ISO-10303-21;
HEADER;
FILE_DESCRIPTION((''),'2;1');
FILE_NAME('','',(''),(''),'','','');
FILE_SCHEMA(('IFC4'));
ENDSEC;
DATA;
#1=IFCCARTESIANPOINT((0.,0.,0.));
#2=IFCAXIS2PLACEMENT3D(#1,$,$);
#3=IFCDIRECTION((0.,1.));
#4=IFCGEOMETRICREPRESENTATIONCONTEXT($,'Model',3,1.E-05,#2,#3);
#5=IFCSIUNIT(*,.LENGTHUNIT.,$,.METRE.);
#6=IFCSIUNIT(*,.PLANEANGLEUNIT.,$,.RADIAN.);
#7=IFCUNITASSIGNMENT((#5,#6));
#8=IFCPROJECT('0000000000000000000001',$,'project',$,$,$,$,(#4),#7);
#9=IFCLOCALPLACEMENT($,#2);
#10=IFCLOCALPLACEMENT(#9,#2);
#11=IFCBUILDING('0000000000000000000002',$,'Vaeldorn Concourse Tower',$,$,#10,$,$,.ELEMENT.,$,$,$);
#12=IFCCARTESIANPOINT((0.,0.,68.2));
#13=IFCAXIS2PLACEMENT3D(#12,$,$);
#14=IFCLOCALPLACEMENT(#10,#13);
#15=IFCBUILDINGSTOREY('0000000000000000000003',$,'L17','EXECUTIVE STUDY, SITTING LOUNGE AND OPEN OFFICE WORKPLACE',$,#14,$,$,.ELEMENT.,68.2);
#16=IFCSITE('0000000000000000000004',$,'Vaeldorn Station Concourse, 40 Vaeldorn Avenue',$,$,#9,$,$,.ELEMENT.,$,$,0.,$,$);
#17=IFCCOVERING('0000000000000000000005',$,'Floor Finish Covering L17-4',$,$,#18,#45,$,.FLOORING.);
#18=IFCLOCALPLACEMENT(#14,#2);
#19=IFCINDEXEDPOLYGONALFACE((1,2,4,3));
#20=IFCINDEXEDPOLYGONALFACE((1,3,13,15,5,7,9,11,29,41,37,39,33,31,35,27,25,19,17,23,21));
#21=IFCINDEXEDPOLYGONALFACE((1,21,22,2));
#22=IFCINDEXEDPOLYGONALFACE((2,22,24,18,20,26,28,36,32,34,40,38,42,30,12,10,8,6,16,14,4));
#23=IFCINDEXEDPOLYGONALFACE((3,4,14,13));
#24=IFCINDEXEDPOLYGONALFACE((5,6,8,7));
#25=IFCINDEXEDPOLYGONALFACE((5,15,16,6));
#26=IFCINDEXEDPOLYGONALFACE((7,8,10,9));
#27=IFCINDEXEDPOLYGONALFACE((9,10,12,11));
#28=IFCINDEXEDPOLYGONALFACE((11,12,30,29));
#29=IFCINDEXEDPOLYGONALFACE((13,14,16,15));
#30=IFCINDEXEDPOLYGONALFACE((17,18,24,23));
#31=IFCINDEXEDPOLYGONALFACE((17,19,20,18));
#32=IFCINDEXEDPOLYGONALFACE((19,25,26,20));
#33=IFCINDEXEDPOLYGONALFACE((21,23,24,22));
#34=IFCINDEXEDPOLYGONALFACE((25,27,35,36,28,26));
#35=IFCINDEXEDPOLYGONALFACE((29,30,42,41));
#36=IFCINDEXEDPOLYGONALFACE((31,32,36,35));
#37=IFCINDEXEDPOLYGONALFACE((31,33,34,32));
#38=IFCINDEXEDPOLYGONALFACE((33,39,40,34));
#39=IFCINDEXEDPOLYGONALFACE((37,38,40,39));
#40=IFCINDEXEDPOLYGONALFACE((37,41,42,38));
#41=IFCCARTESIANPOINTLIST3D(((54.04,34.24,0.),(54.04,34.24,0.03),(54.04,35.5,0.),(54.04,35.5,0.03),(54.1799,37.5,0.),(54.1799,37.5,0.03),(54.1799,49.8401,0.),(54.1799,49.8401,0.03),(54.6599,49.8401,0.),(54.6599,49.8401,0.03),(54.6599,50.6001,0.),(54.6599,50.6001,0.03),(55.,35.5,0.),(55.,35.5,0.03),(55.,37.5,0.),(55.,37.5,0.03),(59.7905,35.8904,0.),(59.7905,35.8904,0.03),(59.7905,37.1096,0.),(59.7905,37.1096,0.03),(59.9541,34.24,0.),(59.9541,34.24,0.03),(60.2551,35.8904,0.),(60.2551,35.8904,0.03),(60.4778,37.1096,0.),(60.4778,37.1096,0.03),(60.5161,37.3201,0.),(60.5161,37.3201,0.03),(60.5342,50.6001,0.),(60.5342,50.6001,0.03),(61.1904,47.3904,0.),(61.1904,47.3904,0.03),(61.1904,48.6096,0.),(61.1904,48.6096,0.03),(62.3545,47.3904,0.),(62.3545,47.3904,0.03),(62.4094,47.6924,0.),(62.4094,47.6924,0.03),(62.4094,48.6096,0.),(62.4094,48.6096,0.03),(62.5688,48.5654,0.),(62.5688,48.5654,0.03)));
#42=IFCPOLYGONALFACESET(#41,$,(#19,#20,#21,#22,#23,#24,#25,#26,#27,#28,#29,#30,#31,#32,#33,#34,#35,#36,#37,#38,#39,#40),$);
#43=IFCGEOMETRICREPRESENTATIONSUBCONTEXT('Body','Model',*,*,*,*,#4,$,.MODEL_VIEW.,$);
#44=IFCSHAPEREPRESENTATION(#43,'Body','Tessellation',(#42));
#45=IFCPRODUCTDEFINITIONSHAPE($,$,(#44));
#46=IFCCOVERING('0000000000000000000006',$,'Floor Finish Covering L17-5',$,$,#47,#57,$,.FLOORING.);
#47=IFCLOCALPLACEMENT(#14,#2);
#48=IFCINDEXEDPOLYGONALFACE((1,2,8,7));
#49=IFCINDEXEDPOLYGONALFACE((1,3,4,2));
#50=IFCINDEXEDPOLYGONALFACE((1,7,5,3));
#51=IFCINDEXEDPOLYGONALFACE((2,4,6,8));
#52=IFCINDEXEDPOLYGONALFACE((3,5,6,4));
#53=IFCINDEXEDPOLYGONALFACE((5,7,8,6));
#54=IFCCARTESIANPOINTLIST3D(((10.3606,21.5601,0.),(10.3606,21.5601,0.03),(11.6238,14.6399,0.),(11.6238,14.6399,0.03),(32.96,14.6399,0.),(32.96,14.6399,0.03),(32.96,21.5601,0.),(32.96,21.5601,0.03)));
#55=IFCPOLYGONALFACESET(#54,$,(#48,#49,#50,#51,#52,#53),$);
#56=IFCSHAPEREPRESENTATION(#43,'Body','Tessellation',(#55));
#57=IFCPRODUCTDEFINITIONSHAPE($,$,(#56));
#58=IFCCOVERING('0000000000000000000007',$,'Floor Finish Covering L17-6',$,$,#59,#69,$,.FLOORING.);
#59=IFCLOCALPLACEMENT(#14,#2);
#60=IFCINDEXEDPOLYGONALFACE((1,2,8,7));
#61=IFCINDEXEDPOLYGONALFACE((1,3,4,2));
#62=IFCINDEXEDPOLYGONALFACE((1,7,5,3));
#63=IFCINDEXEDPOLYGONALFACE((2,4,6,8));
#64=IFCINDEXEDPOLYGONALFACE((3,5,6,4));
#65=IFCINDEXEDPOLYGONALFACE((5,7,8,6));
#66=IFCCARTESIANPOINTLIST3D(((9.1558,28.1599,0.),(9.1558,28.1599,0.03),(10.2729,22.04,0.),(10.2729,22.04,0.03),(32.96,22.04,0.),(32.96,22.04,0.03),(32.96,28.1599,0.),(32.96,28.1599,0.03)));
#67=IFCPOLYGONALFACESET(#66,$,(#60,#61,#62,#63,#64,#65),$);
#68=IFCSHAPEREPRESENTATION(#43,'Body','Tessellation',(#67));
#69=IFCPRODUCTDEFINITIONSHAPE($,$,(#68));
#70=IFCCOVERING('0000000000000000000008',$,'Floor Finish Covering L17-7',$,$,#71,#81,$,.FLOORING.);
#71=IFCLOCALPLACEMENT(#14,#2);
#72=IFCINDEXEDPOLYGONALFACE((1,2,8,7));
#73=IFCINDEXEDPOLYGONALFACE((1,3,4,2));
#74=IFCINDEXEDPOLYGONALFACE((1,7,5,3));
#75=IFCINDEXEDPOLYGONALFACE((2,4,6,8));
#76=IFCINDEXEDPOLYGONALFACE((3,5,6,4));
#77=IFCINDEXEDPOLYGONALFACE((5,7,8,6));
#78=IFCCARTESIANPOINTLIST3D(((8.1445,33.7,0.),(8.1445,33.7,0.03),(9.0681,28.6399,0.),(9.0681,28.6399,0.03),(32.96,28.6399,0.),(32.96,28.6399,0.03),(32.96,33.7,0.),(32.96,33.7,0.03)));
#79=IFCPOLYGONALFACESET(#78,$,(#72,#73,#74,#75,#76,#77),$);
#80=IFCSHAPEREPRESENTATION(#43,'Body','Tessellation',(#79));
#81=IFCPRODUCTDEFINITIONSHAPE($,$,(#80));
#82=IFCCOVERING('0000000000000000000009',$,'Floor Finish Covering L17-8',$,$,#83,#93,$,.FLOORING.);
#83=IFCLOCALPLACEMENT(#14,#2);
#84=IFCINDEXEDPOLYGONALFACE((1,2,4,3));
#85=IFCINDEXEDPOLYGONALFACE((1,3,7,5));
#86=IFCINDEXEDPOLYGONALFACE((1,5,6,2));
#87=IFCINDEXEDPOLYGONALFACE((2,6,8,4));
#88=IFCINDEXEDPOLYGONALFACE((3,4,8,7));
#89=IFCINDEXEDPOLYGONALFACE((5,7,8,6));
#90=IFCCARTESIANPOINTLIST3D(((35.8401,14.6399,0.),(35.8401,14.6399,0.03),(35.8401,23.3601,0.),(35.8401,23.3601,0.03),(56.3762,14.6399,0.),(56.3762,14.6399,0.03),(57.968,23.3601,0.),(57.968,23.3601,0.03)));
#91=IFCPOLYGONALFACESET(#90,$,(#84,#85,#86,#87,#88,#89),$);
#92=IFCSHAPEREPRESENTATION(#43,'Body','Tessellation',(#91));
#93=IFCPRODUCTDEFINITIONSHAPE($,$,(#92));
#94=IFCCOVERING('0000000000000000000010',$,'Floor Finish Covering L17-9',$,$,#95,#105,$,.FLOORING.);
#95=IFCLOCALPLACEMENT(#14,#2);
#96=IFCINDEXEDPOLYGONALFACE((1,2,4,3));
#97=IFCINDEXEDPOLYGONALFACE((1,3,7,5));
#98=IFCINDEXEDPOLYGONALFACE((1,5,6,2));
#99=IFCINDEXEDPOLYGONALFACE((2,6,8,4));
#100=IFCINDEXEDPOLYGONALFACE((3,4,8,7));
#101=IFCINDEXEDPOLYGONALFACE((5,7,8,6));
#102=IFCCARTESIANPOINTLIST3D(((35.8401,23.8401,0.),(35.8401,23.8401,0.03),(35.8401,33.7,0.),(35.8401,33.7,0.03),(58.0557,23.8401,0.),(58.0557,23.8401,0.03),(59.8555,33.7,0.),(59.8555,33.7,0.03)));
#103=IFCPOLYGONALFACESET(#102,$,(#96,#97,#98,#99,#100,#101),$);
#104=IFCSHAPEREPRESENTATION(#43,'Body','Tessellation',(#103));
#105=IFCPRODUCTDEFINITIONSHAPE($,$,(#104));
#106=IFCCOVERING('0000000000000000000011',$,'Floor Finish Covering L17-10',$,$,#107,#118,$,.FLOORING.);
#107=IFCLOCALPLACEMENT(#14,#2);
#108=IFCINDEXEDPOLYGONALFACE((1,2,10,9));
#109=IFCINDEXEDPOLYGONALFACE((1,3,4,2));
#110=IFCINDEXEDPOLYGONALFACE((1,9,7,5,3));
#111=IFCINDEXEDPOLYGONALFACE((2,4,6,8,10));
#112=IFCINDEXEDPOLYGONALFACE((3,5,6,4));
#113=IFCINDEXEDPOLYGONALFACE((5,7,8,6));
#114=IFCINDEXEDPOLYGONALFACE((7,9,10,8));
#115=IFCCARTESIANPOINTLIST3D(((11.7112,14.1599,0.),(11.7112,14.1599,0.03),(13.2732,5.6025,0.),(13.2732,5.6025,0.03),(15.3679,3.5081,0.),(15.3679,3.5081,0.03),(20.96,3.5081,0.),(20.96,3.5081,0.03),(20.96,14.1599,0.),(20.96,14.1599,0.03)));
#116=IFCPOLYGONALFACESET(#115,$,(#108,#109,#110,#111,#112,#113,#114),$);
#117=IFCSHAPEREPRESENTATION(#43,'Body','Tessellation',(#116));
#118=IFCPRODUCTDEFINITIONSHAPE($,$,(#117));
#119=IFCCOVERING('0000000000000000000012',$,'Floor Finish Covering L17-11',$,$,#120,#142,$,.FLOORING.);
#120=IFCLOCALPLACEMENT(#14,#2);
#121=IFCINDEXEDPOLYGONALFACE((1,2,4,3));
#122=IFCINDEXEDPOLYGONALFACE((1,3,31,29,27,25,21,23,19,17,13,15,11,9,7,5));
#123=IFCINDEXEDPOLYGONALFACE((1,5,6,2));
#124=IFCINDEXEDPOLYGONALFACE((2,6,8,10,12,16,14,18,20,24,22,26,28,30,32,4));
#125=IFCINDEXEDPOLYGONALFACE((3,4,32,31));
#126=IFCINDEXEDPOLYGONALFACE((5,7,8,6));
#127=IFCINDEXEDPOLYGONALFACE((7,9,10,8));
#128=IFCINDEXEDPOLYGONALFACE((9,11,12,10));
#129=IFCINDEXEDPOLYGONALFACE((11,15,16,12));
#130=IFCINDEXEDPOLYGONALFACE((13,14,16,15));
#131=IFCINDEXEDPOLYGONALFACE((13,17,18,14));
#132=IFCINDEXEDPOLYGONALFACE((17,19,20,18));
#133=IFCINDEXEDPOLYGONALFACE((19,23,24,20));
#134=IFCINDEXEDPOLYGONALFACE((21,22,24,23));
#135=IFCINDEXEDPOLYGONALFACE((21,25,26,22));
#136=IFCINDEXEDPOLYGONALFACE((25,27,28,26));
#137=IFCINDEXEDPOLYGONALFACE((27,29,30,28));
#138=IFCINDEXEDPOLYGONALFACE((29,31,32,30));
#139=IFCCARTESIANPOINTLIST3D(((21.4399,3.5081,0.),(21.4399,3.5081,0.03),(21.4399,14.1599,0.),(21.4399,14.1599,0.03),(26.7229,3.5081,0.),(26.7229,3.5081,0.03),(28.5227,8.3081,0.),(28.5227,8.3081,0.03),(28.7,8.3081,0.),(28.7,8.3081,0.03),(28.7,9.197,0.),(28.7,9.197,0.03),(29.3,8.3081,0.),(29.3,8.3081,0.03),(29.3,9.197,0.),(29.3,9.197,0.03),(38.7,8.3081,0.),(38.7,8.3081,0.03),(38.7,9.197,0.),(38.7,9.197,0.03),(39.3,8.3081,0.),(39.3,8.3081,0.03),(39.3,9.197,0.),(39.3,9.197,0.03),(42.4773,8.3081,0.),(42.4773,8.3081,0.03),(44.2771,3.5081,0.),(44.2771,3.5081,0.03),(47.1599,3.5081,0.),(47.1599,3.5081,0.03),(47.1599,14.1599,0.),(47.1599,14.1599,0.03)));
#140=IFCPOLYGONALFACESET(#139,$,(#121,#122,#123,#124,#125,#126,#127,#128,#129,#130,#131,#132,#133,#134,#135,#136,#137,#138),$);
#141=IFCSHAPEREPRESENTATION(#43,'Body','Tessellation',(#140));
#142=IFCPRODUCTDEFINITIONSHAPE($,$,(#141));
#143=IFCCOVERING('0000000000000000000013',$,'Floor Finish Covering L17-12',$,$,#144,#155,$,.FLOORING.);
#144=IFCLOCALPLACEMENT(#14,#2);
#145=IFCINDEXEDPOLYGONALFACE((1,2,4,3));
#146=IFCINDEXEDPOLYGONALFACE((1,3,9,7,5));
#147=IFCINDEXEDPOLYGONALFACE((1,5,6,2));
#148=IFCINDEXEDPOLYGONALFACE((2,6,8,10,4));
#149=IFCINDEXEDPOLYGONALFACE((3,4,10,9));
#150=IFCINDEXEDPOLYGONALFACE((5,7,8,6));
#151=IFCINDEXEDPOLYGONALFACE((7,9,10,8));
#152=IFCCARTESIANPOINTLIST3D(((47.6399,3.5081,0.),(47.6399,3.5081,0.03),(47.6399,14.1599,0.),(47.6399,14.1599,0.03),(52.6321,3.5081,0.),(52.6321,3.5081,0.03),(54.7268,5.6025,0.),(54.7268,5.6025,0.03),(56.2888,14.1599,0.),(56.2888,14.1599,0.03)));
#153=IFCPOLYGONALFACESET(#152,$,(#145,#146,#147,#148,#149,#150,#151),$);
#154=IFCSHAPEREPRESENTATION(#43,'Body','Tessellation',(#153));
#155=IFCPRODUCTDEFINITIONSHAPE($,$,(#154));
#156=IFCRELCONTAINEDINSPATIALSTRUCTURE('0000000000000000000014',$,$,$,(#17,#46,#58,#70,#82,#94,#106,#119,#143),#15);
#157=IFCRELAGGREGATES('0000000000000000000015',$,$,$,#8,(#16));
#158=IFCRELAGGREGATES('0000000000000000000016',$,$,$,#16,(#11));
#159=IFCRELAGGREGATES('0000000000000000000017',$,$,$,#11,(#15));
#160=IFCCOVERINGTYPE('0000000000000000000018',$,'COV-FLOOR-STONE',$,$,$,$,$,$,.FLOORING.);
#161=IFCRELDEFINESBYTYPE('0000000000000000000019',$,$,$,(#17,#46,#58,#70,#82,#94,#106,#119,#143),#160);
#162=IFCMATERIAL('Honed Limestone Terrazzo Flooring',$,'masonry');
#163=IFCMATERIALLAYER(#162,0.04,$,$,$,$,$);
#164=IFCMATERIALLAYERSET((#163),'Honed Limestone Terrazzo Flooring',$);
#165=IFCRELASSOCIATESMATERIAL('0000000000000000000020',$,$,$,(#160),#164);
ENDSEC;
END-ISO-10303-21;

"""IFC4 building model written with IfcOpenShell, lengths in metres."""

from ifc_helpers import new_model, si_unit, direction, frame, origin, place, context, subcontext, project, spatial, polyline, outline, extrude, material, layer, layer_set, type_object, element, save


model = new_model("IFC4")

# Units and contexts
model_context = context("Model", 3, precision=1e-05, world=origin(), true_north=direction((0.0, 1.0)))
body_context = subcontext(model_context, "Body", "Model", "MODEL_VIEW")
ifc_project = project(units=[si_unit("LENGTHUNIT", "METRE"), si_unit("PLANEANGLEUNIT", "RADIAN")], contexts=[model_context])

# Site, building, storey
site_placement = place(None, origin())
site = spatial("IfcSite", under=ifc_project, at=site_placement, Name="Vaeldorn Station Concourse, 40 Vaeldorn Avenue", CompositionType="ELEMENT", RefElevation=0.0)
building_placement = place(site_placement, origin())
building = spatial("IfcBuilding", under=site, at=building_placement, Name="Vaeldorn Concourse Tower", CompositionType="ELEMENT")
storey_placement = place(building_placement, frame((0.0, 0.0, 68.2)))
storey = spatial("IfcBuildingStorey", under=building, at=storey_placement, Name="L17", Description="EXECUTIVE STUDY, SITTING LOUNGE AND OPEN OFFICE WORKPLACE", CompositionType="ELEMENT", Elevation=68.2)

# Coverings
ifc_material_1 = material(Name="Honed Limestone Terrazzo Flooring", Category="masonry")
ifc_layer_1 = layer(ifc_material_1, 0.04)
ifc_layer_set_1 = layer_set([ifc_layer_1], Name="Honed Limestone Terrazzo Flooring")
covering_type_1 = type_object("IfcCoveringType", Name="COV-FLOOR-STONE", PredefinedType="FLOORING", material=ifc_layer_set_1)
covering_1_placement = place(storey_placement, origin())
element("IfcCovering", 1, at=covering_1_placement, inside=storey, type_object=covering_type_1, Name="Floor Finish Covering L17-4", PredefinedType="FLOORING", context=body_context, shape_type="SweptSolid", body=[
    extrude(outline(polyline([(54.1799, 49.8401), (54.6599, 49.8401), (54.6599, 50.6001), (60.5342, 50.6001), (62.5688, 48.5654), (62.4094, 47.6924), (62.4094, 48.6096), (61.1904, 48.6096), (61.1904, 47.3904), (62.3545, 47.3904), (60.5161, 37.3201), (60.5161, 37.3201), (60.4778, 37.1096), (59.7905, 37.1096), (59.7905, 35.8904), (60.2551, 35.8904), (59.9541, 34.24), (54.04, 34.24), (54.04, 35.5), (55.0, 35.5), (55.0, 37.5), (54.1799, 37.5), (54.1799, 49.8401)])), origin(), (0.0, 0.0, 1.0), 0.03),
])
covering_2_placement = place(storey_placement, origin())
element("IfcCovering", 2, at=covering_2_placement, inside=storey, type_object=covering_type_1, Name="Floor Finish Covering L17-5", PredefinedType="FLOORING", context=body_context, shape_type="SweptSolid", body=[
    extrude(outline(polyline([(32.96, 21.5601), (32.96, 14.6399), (11.6238, 14.6399), (10.3606, 21.5601), (32.96, 21.5601)])), origin(), (0.0, 0.0, 1.0), 0.03),
])
covering_3_placement = place(storey_placement, origin())
element("IfcCovering", 3, at=covering_3_placement, inside=storey, type_object=covering_type_1, Name="Floor Finish Covering L17-6", PredefinedType="FLOORING", context=body_context, shape_type="SweptSolid", body=[
    extrude(outline(polyline([(32.96, 28.1599), (32.96, 22.04), (10.2729, 22.04), (9.1558, 28.1599), (32.96, 28.1599)])), origin(), (0.0, 0.0, 1.0), 0.03),
])
covering_4_placement = place(storey_placement, origin())
element("IfcCovering", 4, at=covering_4_placement, inside=storey, type_object=covering_type_1, Name="Floor Finish Covering L17-7", PredefinedType="FLOORING", context=body_context, shape_type="SweptSolid", body=[
    extrude(outline(polyline([(32.96, 33.7), (32.96, 28.6399), (9.0681, 28.6399), (8.1445, 33.7), (32.96, 33.7)])), origin(), (0.0, 0.0, 1.0), 0.03),
])
covering_5_placement = place(storey_placement, origin())
element("IfcCovering", 5, at=covering_5_placement, inside=storey, type_object=covering_type_1, Name="Floor Finish Covering L17-8", PredefinedType="FLOORING", context=body_context, shape_type="SweptSolid", body=[
    extrude(outline(polyline([(35.8401, 14.6399), (35.8401, 23.3601), (57.968, 23.3601), (56.3762, 14.6399), (35.8401, 14.6399)])), origin(), (0.0, 0.0, 1.0), 0.03),
])
covering_6_placement = place(storey_placement, origin())
element("IfcCovering", 6, at=covering_6_placement, inside=storey, type_object=covering_type_1, Name="Floor Finish Covering L17-9", PredefinedType="FLOORING", context=body_context, shape_type="SweptSolid", body=[
    extrude(outline(polyline([(35.8401, 23.8401), (35.8401, 33.7), (59.8555, 33.7), (58.0557, 23.8401), (35.8401, 23.8401)])), origin(), (0.0, 0.0, 1.0), 0.03),
])
covering_7_placement = place(storey_placement, origin())
element("IfcCovering", 7, at=covering_7_placement, inside=storey, type_object=covering_type_1, Name="Floor Finish Covering L17-10", PredefinedType="FLOORING", context=body_context, shape_type="SweptSolid", body=[
    extrude(outline(polyline([(20.96, 14.1599), (20.96, 3.5081), (15.3679, 3.5081), (13.2732, 5.6025), (11.7112, 14.1599), (20.96, 14.1599)])), origin(), (0.0, 0.0, 1.0), 0.03),
])
covering_8_placement = place(storey_placement, origin())
element("IfcCovering", 8, at=covering_8_placement, inside=storey, type_object=covering_type_1, Name="Floor Finish Covering L17-11", PredefinedType="FLOORING", context=body_context, shape_type="SweptSolid", body=[
    extrude(outline(polyline([(26.7229, 3.5081), (21.4399, 3.5081), (21.4399, 14.1599), (47.1599, 14.1599), (47.1599, 3.5081), (44.2771, 3.5081), (42.4773, 8.3081), (39.3, 8.3081), (39.3, 9.197), (38.7, 9.197), (38.7, 8.3081), (29.3, 8.3081), (29.3, 9.197), (28.7, 9.197), (28.7, 8.3081), (28.5227, 8.3081), (26.7229, 3.5081)])), origin(), (0.0, 0.0, 1.0), 0.03),
])
covering_9_placement = place(storey_placement, origin())
element("IfcCovering", 9, at=covering_9_placement, inside=storey, type_object=covering_type_1, Name="Floor Finish Covering L17-12", PredefinedType="FLOORING", context=body_context, shape_type="SweptSolid", body=[
    extrude(outline(polyline([(52.6321, 3.5081), (47.6399, 3.5081), (47.6399, 14.1599), (56.2888, 14.1599), (54.7268, 5.6025), (52.6321, 3.5081)])), origin(), (0.0, 0.0, 1.0), 0.03),
])

save(model, "model.ifc")
